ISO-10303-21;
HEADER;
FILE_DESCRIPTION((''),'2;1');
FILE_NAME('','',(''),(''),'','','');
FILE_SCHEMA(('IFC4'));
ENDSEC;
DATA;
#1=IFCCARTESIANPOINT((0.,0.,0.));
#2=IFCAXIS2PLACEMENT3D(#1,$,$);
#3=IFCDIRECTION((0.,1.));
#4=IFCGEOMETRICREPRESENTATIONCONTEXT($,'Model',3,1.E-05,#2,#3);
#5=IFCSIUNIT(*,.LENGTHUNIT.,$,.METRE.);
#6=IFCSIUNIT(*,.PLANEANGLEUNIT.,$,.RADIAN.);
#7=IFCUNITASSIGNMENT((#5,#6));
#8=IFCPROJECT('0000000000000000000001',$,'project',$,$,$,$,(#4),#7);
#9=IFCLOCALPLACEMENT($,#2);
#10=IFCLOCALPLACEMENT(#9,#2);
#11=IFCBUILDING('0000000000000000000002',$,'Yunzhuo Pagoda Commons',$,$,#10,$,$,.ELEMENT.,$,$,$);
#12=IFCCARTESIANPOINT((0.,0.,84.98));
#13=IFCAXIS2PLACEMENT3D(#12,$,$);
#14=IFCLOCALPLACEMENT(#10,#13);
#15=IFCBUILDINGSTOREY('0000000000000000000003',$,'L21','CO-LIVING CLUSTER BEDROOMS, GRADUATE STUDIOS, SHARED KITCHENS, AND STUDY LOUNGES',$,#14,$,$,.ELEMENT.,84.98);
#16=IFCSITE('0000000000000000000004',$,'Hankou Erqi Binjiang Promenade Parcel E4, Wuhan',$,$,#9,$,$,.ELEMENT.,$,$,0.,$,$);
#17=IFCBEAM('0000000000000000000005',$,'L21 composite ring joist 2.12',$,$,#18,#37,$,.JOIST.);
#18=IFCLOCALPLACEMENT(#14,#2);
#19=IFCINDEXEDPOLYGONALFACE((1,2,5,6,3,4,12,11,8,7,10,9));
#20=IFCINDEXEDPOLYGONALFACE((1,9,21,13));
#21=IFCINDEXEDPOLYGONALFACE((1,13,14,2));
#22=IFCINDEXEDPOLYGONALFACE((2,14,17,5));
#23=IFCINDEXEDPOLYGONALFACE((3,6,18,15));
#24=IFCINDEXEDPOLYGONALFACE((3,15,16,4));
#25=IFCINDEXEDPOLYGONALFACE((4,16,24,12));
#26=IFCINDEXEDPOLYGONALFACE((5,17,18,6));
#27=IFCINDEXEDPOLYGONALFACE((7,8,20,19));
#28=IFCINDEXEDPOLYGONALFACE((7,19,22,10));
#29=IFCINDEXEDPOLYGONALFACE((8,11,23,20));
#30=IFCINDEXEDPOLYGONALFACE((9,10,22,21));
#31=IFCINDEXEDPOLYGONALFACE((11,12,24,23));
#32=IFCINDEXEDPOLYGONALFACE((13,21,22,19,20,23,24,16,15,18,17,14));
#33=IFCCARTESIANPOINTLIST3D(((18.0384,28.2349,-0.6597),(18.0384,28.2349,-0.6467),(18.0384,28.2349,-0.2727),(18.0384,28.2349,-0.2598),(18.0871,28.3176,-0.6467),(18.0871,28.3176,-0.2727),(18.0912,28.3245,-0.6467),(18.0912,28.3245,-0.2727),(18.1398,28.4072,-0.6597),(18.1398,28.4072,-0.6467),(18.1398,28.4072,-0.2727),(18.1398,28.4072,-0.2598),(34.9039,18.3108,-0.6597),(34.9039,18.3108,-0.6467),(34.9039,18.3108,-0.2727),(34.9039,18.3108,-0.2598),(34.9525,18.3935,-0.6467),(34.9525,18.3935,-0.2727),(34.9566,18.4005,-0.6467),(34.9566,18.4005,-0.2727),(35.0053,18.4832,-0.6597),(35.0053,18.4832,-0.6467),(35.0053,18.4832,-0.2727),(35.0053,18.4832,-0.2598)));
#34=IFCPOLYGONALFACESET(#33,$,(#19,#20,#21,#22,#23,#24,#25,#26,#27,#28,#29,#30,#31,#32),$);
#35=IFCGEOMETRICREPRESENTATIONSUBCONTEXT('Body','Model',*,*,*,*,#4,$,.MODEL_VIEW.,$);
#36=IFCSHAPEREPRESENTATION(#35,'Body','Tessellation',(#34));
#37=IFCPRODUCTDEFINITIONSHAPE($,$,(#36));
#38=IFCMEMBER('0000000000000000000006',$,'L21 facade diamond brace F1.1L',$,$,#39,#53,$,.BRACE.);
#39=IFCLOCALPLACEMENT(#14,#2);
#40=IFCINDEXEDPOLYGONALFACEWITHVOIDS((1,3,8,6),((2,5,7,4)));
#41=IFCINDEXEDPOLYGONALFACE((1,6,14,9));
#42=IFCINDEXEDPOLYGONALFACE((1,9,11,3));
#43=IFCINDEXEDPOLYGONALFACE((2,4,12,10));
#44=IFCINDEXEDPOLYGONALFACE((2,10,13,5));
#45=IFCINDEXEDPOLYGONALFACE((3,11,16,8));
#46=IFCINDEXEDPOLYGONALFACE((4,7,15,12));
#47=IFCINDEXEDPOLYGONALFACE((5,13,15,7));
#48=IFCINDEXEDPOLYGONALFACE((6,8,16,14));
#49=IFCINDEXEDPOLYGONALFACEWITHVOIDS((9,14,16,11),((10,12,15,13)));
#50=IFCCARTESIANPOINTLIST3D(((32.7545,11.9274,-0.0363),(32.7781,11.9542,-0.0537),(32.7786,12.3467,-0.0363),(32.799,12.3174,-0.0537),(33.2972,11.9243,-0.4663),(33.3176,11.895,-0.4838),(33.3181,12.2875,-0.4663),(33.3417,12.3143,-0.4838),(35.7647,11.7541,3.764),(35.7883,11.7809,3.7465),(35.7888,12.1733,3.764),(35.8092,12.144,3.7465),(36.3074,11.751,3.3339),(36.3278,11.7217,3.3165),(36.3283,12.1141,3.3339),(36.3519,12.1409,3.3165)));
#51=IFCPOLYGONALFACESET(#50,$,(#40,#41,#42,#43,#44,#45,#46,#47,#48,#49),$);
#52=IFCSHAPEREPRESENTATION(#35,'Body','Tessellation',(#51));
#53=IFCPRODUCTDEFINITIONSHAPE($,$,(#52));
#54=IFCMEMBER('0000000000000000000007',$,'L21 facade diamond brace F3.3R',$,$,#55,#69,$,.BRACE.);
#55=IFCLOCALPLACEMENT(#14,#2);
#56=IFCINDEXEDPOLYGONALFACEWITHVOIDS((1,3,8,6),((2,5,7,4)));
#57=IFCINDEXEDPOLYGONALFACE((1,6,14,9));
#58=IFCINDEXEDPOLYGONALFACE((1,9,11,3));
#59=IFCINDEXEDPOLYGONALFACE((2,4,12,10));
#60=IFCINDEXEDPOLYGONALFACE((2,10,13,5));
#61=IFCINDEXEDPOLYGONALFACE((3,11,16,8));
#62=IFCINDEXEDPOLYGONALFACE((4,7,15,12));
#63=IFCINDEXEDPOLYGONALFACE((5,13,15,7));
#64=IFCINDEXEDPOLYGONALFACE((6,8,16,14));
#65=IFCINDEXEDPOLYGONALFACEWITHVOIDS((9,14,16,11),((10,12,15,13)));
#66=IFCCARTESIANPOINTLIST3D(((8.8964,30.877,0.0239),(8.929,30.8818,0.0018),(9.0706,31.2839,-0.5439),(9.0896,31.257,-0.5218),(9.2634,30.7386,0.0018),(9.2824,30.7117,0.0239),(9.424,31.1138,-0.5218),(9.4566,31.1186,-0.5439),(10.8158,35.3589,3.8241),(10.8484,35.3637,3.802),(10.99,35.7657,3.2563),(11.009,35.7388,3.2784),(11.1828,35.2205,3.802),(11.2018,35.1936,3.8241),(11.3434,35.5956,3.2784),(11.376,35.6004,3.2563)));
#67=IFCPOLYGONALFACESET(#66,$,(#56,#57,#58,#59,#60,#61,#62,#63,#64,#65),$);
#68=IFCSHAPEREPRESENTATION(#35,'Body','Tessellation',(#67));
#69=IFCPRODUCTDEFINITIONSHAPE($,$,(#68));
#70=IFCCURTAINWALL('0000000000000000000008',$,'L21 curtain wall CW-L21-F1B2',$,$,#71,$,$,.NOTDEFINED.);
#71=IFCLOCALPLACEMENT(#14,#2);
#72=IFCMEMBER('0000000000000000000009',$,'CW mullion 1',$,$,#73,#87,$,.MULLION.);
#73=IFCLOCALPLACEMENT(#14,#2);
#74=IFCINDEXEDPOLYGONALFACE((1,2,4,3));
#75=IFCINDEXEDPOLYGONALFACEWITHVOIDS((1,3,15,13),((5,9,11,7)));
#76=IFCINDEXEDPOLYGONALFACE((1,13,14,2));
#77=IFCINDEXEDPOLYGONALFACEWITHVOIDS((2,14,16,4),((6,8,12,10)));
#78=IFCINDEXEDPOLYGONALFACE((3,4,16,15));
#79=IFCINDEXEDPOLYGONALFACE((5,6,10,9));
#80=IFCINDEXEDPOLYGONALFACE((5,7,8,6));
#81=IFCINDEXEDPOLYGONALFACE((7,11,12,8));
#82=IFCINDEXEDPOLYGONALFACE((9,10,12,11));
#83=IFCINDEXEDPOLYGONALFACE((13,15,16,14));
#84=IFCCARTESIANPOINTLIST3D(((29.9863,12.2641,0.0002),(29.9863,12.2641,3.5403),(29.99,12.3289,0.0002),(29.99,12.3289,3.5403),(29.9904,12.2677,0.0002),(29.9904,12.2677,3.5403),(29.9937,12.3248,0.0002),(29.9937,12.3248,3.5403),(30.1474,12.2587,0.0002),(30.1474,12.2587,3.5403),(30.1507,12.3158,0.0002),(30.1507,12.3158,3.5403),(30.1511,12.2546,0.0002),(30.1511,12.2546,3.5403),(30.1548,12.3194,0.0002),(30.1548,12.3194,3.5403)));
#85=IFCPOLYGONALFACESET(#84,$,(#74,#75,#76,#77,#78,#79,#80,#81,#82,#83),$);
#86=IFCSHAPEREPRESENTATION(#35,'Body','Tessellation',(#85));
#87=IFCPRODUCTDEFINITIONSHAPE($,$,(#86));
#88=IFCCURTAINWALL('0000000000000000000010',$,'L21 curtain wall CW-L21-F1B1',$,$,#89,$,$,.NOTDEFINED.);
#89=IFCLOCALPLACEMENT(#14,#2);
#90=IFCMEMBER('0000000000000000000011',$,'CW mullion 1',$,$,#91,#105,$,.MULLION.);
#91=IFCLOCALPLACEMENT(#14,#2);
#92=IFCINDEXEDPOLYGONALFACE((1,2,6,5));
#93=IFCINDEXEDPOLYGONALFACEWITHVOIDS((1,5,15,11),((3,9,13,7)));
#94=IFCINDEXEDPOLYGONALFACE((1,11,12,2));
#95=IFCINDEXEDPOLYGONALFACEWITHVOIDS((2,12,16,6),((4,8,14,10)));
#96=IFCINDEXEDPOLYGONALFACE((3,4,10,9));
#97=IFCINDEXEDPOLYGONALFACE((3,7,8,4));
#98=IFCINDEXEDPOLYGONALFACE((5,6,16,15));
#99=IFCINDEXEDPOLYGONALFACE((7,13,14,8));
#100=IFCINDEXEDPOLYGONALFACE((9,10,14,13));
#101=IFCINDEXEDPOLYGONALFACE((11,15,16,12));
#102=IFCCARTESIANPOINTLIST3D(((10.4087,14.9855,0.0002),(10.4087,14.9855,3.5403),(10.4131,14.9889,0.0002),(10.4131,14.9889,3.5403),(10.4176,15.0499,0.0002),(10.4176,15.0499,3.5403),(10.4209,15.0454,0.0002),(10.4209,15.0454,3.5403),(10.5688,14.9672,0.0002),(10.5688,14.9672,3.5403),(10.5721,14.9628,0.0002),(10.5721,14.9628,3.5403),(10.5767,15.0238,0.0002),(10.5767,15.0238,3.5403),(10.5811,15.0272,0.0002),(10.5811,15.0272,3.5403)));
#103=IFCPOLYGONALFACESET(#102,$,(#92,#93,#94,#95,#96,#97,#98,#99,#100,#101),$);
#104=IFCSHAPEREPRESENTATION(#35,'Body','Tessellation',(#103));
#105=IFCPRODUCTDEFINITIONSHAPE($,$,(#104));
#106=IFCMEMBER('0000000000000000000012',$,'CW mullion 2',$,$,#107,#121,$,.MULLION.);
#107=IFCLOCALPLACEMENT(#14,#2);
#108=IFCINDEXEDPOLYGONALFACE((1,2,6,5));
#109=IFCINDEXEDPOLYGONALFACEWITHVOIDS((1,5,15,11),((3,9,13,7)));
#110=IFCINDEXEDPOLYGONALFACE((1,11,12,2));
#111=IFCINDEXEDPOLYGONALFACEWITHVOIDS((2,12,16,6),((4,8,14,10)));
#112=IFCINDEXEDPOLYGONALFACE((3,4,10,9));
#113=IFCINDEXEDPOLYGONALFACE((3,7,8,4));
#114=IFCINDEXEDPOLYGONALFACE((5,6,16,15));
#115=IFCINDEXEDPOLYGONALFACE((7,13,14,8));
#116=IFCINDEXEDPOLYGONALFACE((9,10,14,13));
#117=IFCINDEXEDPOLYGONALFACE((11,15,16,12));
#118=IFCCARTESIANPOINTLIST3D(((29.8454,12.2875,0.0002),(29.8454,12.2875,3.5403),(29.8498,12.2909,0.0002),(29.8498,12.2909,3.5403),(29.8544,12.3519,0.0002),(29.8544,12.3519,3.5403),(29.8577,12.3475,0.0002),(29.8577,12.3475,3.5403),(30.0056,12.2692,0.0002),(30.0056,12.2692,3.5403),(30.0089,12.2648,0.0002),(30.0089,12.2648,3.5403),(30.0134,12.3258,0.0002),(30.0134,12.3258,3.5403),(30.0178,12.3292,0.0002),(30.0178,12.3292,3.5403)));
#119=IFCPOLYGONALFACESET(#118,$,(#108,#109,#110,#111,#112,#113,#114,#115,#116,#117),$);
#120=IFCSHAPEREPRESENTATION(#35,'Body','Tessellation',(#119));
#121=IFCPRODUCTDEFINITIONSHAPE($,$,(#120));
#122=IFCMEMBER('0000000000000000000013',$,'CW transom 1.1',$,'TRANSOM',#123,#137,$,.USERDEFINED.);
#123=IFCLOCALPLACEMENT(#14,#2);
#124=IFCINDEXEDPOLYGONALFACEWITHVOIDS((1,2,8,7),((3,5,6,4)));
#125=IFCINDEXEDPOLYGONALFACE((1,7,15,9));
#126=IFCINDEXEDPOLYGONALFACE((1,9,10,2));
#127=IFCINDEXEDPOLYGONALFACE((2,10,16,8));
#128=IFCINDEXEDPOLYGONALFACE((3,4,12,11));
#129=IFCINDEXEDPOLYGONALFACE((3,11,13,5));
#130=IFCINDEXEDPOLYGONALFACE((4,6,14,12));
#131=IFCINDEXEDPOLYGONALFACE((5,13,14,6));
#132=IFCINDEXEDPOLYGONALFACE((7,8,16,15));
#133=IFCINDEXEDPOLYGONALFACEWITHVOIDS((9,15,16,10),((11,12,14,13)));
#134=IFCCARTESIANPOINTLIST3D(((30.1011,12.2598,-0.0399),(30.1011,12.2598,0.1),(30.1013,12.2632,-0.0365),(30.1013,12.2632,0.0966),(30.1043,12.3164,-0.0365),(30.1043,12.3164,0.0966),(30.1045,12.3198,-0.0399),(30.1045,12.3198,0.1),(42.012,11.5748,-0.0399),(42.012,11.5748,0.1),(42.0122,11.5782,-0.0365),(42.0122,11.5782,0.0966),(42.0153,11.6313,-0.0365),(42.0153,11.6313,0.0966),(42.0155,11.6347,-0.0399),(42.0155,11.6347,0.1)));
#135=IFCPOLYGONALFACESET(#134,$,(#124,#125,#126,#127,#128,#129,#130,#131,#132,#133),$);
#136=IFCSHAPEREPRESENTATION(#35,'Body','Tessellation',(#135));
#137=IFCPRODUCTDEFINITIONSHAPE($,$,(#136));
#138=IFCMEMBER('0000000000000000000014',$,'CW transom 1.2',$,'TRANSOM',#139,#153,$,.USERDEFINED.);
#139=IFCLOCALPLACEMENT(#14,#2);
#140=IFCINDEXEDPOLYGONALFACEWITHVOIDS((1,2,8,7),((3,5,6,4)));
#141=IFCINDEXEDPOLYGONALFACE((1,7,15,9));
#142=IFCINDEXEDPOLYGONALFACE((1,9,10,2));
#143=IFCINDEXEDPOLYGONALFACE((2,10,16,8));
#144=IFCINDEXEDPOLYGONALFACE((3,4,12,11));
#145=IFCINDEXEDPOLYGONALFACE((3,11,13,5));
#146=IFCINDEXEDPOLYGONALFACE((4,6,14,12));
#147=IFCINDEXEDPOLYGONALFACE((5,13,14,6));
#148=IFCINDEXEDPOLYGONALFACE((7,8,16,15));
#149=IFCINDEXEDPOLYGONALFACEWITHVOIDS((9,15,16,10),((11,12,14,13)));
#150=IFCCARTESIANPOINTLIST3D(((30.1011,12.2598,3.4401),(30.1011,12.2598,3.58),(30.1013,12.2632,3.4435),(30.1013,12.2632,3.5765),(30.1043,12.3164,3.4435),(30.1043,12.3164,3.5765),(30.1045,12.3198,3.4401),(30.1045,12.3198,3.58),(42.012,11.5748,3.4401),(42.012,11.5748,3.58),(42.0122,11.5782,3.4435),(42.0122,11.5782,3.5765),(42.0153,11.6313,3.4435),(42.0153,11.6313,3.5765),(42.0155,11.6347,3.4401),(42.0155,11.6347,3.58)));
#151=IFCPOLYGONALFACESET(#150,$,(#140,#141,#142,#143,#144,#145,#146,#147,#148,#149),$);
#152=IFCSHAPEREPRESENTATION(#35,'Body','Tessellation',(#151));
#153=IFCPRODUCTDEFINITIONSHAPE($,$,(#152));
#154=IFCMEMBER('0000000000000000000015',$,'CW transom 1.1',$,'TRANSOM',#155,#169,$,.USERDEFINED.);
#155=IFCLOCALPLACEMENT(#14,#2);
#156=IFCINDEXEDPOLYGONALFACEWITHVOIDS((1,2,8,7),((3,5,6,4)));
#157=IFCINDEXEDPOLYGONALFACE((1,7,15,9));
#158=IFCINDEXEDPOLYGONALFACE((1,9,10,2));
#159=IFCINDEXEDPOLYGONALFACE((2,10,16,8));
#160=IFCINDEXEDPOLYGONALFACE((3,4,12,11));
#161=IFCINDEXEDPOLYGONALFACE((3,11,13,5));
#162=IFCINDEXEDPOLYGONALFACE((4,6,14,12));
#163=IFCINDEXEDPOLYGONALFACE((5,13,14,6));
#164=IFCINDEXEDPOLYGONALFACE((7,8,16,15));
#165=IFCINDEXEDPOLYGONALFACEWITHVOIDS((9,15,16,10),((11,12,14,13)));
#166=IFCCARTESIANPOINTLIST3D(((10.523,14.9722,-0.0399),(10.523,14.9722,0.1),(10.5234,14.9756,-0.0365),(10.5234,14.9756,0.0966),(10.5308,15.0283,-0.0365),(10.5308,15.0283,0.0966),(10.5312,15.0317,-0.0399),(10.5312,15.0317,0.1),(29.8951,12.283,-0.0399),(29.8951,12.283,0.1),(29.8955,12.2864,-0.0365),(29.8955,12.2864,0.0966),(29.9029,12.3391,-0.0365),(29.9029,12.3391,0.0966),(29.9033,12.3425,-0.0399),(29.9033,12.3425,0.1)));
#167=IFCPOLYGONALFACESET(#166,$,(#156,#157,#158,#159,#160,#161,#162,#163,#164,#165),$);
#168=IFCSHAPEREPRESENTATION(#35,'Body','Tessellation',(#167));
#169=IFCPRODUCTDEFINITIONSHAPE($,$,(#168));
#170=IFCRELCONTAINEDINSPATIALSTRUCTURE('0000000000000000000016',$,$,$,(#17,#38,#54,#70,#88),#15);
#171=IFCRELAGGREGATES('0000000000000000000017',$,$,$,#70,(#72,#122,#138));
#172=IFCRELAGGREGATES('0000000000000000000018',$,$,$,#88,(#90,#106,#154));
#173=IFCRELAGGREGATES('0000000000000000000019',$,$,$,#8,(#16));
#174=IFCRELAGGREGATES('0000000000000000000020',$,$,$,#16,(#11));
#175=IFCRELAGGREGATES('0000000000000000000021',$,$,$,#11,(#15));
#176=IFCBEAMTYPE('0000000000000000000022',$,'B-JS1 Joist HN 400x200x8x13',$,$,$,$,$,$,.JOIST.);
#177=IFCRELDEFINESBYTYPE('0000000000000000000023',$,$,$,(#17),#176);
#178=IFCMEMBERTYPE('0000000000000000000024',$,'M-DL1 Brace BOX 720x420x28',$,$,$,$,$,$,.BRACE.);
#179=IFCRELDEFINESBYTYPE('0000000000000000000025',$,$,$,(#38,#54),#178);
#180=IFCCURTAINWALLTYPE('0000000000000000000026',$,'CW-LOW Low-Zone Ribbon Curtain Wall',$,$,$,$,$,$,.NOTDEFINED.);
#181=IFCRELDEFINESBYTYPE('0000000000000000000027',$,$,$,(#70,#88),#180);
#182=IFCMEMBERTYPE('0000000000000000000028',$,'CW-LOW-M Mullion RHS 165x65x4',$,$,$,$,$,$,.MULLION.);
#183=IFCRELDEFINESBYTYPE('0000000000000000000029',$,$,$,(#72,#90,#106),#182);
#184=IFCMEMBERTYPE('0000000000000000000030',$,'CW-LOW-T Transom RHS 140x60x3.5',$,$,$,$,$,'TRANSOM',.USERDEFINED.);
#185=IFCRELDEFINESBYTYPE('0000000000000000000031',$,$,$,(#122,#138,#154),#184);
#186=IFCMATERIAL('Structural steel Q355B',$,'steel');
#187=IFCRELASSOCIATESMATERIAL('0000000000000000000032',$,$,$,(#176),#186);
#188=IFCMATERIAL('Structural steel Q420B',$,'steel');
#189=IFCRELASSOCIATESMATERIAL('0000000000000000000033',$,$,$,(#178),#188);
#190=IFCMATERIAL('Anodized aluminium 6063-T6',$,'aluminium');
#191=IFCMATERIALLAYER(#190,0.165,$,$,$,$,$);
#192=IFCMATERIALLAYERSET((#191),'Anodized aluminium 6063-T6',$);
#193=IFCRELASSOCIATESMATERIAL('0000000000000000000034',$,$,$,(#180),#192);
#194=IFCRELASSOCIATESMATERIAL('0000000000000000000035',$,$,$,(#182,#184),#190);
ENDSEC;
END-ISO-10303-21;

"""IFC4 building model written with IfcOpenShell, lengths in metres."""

from ifc_helpers import new_model, si_unit, direction, frame, origin, origin_2d, place, context, subcontext, project, spatial, hollow_rectangle, i_section, extrude, source, transform, mapped, material, layer, layer_set, material_profile, profile_set, type_object, element, aggregate, save


model = new_model("IFC4")

# Units and contexts
model_context = context("Model", 3, precision=1e-05, world=origin(), true_north=direction((0.0, 1.0)))
body_context = subcontext(model_context, "Body", "Model", "MODEL_VIEW")
ifc_project = project(units=[si_unit("LENGTHUNIT", "METRE"), si_unit("PLANEANGLEUNIT", "RADIAN")], contexts=[model_context])

# Site, building, storey
site_placement = place(None, origin())
site = spatial("IfcSite", under=ifc_project, at=site_placement, Name="Hankou Erqi Binjiang Promenade Parcel E4, Wuhan", CompositionType="ELEMENT", RefElevation=0.0)
building_placement = place(site_placement, origin())
building = spatial("IfcBuilding", under=site, at=building_placement, Name="Yunzhuo Pagoda Commons", CompositionType="ELEMENT")
storey_placement = place(building_placement, frame((0.0, 0.0, 84.98)))
storey = spatial("IfcBuildingStorey", under=building, at=storey_placement, Name="L21", Description="CO-LIVING CLUSTER BEDROOMS, GRADUATE STUDIOS, SHARED KITCHENS, AND STUDY LOUNGES", CompositionType="ELEMENT", Elevation=84.98)

# Shared definitions
ifc_material_1 = material(Name="Structural steel Q420B", Category="steel")

# Beam
ifc_material_2 = material(Name="Structural steel Q355B", Category="steel")
ifc_material_profile_1 = material_profile(ifc_material_2, i_section(OverallWidth=0.2, OverallDepth=0.3999, WebThickness=0.0081, FlangeThickness=0.0129, at=origin_2d()), Name="Structural steel Q355B")
ifc_profile_set_1 = profile_set([ifc_material_profile_1], Name="Structural steel Q355B")
beam_type_1 = type_object("IfcBeamType", Name="B-JS1 Joist HN 400x200x8x13", PredefinedType="JOIST", material=ifc_profile_set_1)
shared_shape_1 = source(origin(), body_context, "Body", "SweptSolid", [
    extrude(i_section(OverallWidth=0.2, OverallDepth=0.3999, WebThickness=0.0081, FlangeThickness=0.0129, at=origin_2d()), origin(), (0.0, 0.0, 1.0), 19.5686),
])
beam_1_placement = place(storey_placement, frame((18.0891, 28.321, -0.4597), z_axis=(0.861863, -0.507142, 0.0), x_axis=(0.507142, 0.861863, 0.0)))
element("IfcBeam", 1, at=beam_1_placement, inside=storey, type_object=beam_type_1, Name="L21 composite ring joist 2.12", PredefinedType="JOIST", context=body_context, shape_type="MappedRepresentation", body=[
    mapped(shared_shape_1, transform((0.0, 0.0, 0.0), scale=1.0)),
])

# Members
ifc_material_profile_2 = material_profile(ifc_material_1, hollow_rectangle(XDim=0.4199, YDim=0.72, WallThickness=0.0281, at=origin_2d()), Name="Structural steel Q420B")
ifc_profile_set_2 = profile_set([ifc_material_profile_2], Name="Structural steel Q420B")
member_type_1 = type_object("IfcMemberType", Name="M-DL1 Brace BOX 720x420x28", PredefinedType="BRACE", material=ifc_profile_set_2)
shared_shape_2 = source(origin(), body_context, "Body", "SweptSolid", [
    extrude(hollow_rectangle(XDim=0.4199, YDim=0.72, WallThickness=0.0281, at=origin_2d()), origin(), (0.0, 0.0, 1.0), 4.8511),
])
member_1_placement = place(storey_placement, frame((33.0481, 12.1208, -0.26), z_axis=(0.620521, -0.035732, 0.783376), x_axis=(0.057488, 0.998346, 0.0)))
element("IfcMember", 2, at=member_1_placement, inside=storey, type_object=member_type_1, Name="L21 facade diamond brace F1.1L", PredefinedType="BRACE", context=body_context, shape_type="MappedRepresentation", body=[
    mapped(shared_shape_2, transform((0.0, 0.0, 0.0), scale=1.0)),
])
shared_shape_3 = source(origin(), body_context, "Body", "SweptSolid", [
    extrude(hollow_rectangle(XDim=0.4199, YDim=0.72, WallThickness=0.0281, at=origin_2d()), origin(), (0.0, 0.0, 1.0), 6.1816),
])
member_2_placement = place(storey_placement, frame((9.1765, 30.9978, -0.26), z_axis=(0.310499, 0.725025, 0.614759), x_axis=(-0.919249, 0.393678, 0.0)))
element("IfcMember", 3, at=member_2_placement, inside=storey, type_object=member_type_1, Name="L21 facade diamond brace F3.3R", PredefinedType="BRACE", context=body_context, shape_type="MappedRepresentation", body=[
    mapped(shared_shape_3, transform((0.0, 0.0, 0.0), scale=1.0)),
])

# Curtain wall, member
ifc_material_3 = material(Name="Anodized aluminium 6063-T6", Category="aluminium")
ifc_layer_1 = layer(ifc_material_3, 0.165)
ifc_layer_set_1 = layer_set([ifc_layer_1], Name="Anodized aluminium 6063-T6")
curtain_wall_type = type_object("IfcCurtainWallType", Name="CW-LOW Low-Zone Ribbon Curtain Wall", PredefinedType="NOTDEFINED", material=ifc_layer_set_1)
curtain_wall_1_placement = place(storey_placement, origin())
curtain_wall_1 = element("IfcCurtainWall", 4, at=curtain_wall_1_placement, inside=storey, type_object=curtain_wall_type, Name="L21 curtain wall CW-L21-F1B2", PredefinedType="NOTDEFINED")
ifc_material_profile_3 = material_profile(ifc_material_3, hollow_rectangle(XDim=0.0649, YDim=0.165, WallThickness=0.0039, at=origin_2d()), Name="Anodized aluminium 6063-T6")
ifc_profile_set_3 = profile_set([ifc_material_profile_3], Name="Anodized aluminium 6063-T6")
member_type_2 = type_object("IfcMemberType", Name="CW-LOW-M Mullion RHS 165x65x4", PredefinedType="MULLION", material=ifc_profile_set_3)
shared_shape_4 = source(origin(), body_context, "Body", "SweptSolid", [
    extrude(hollow_rectangle(XDim=0.0649, YDim=0.165, WallThickness=0.0039, at=origin_2d()), origin(), (0.0, 0.0, 1.0), 3.54),
])
member_3_placement = place(storey_placement, frame((30.0706, 12.2917, 0.0002), z_axis=(0.0, 0.0, 1.0), x_axis=(0.057418, 0.99835, 0.0)))
member_3 = element("IfcMember", 5, at=member_3_placement, type_object=member_type_2, Name="CW mullion 1", PredefinedType="MULLION", context=body_context, shape_type="MappedRepresentation", body=[
    mapped(shared_shape_4, transform((0.0, 0.0, 0.0), scale=1.0)),
])

# Curtain wall, members
curtain_wall_2_placement = place(storey_placement, origin())
curtain_wall_2 = element("IfcCurtainWall", 6, at=curtain_wall_2_placement, inside=storey, type_object=curtain_wall_type, Name="L21 curtain wall CW-L21-F1B1", PredefinedType="NOTDEFINED")
member_4_placement = place(storey_placement, frame((10.4949, 15.0063, 0.0002), z_axis=(0.0, 0.0, 1.0), x_axis=(0.137496, 0.990502, 0.0)))
member_4 = element("IfcMember", 7, at=member_4_placement, type_object=member_type_2, Name="CW mullion 1", PredefinedType="MULLION", context=body_context, shape_type="MappedRepresentation", body=[
    mapped(shared_shape_4, transform((0.0, 0.0, 0.0), scale=1.0)),
])
member_5_placement = place(storey_placement, frame((29.9316, 12.3083, 0.0002), z_axis=(0.0, 0.0, 1.0), x_axis=(0.137496, 0.990502, 0.0)))
member_5 = element("IfcMember", 8, at=member_5_placement, type_object=member_type_2, Name="CW mullion 2", PredefinedType="MULLION", context=body_context, shape_type="MappedRepresentation", body=[
    mapped(shared_shape_4, transform((0.0, 0.0, 0.0), scale=1.0)),
])

# Members
ifc_material_profile_4 = material_profile(ifc_material_3, hollow_rectangle(XDim=0.0601, YDim=0.1399, WallThickness=0.0034, at=origin_2d()), Name="Anodized aluminium 6063-T6")
ifc_profile_set_4 = profile_set([ifc_material_profile_4], Name="Anodized aluminium 6063-T6")
member_type_3 = type_object("IfcMemberType", Name="CW-LOW-T Transom RHS 140x60x3.5", ElementType="TRANSOM", PredefinedType="USERDEFINED", material=ifc_profile_set_4)
shared_shape_5 = source(origin(), body_context, "Body", "SweptSolid", [
    extrude(hollow_rectangle(XDim=0.0601, YDim=0.1399, WallThickness=0.0034, at=origin_2d()), origin(), (0.0, 0.0, 1.0), 11.9307),
])
member_6_placement = place(storey_placement, frame((30.1028, 12.2898, 0.03), z_axis=(0.99835, -0.05742, 0.0), x_axis=(0.05742, 0.99835, 0.0)))
member_6 = element("IfcMember", 9, at=member_6_placement, type_object=member_type_3, Name="CW transom 1.1", ObjectType="TRANSOM", PredefinedType="USERDEFINED", context=body_context, shape_type="MappedRepresentation", body=[
    mapped(shared_shape_5, transform((0.0, 0.0, 0.0), scale=1.0)),
])
member_7_placement = place(storey_placement, frame((30.1028, 12.2898, 3.51), z_axis=(0.99835, -0.05742, 0.0), x_axis=(0.05742, 0.99835, 0.0)))
member_7 = element("IfcMember", 10, at=member_7_placement, type_object=member_type_3, Name="CW transom 1.2", ObjectType="TRANSOM", PredefinedType="USERDEFINED", context=body_context, shape_type="MappedRepresentation", body=[
    mapped(shared_shape_5, transform((0.0, 0.0, 0.0), scale=1.0)),
])
shared_shape_6 = source(origin(), body_context, "Body", "SweptSolid", [
    extrude(hollow_rectangle(XDim=0.0601, YDim=0.1399, WallThickness=0.0034, at=origin_2d()), origin(), (0.0, 0.0, 1.0), 19.5579),
])
member_8_placement = place(storey_placement, frame((10.5271, 15.002, 0.03), z_axis=(0.990502, -0.1375, 0.0), x_axis=(0.1375, 0.990502, 0.0)))
member_8 = element("IfcMember", 11, at=member_8_placement, type_object=member_type_3, Name="CW transom 1.1", ObjectType="TRANSOM", PredefinedType="USERDEFINED", context=body_context, shape_type="MappedRepresentation", body=[
    mapped(shared_shape_6, transform((0.0, 0.0, 0.0), scale=1.0)),
])

aggregate(curtain_wall_1, [member_3, member_6, member_7])
aggregate(curtain_wall_2, [member_4, member_5, member_8])

save(model, "model.ifc")
